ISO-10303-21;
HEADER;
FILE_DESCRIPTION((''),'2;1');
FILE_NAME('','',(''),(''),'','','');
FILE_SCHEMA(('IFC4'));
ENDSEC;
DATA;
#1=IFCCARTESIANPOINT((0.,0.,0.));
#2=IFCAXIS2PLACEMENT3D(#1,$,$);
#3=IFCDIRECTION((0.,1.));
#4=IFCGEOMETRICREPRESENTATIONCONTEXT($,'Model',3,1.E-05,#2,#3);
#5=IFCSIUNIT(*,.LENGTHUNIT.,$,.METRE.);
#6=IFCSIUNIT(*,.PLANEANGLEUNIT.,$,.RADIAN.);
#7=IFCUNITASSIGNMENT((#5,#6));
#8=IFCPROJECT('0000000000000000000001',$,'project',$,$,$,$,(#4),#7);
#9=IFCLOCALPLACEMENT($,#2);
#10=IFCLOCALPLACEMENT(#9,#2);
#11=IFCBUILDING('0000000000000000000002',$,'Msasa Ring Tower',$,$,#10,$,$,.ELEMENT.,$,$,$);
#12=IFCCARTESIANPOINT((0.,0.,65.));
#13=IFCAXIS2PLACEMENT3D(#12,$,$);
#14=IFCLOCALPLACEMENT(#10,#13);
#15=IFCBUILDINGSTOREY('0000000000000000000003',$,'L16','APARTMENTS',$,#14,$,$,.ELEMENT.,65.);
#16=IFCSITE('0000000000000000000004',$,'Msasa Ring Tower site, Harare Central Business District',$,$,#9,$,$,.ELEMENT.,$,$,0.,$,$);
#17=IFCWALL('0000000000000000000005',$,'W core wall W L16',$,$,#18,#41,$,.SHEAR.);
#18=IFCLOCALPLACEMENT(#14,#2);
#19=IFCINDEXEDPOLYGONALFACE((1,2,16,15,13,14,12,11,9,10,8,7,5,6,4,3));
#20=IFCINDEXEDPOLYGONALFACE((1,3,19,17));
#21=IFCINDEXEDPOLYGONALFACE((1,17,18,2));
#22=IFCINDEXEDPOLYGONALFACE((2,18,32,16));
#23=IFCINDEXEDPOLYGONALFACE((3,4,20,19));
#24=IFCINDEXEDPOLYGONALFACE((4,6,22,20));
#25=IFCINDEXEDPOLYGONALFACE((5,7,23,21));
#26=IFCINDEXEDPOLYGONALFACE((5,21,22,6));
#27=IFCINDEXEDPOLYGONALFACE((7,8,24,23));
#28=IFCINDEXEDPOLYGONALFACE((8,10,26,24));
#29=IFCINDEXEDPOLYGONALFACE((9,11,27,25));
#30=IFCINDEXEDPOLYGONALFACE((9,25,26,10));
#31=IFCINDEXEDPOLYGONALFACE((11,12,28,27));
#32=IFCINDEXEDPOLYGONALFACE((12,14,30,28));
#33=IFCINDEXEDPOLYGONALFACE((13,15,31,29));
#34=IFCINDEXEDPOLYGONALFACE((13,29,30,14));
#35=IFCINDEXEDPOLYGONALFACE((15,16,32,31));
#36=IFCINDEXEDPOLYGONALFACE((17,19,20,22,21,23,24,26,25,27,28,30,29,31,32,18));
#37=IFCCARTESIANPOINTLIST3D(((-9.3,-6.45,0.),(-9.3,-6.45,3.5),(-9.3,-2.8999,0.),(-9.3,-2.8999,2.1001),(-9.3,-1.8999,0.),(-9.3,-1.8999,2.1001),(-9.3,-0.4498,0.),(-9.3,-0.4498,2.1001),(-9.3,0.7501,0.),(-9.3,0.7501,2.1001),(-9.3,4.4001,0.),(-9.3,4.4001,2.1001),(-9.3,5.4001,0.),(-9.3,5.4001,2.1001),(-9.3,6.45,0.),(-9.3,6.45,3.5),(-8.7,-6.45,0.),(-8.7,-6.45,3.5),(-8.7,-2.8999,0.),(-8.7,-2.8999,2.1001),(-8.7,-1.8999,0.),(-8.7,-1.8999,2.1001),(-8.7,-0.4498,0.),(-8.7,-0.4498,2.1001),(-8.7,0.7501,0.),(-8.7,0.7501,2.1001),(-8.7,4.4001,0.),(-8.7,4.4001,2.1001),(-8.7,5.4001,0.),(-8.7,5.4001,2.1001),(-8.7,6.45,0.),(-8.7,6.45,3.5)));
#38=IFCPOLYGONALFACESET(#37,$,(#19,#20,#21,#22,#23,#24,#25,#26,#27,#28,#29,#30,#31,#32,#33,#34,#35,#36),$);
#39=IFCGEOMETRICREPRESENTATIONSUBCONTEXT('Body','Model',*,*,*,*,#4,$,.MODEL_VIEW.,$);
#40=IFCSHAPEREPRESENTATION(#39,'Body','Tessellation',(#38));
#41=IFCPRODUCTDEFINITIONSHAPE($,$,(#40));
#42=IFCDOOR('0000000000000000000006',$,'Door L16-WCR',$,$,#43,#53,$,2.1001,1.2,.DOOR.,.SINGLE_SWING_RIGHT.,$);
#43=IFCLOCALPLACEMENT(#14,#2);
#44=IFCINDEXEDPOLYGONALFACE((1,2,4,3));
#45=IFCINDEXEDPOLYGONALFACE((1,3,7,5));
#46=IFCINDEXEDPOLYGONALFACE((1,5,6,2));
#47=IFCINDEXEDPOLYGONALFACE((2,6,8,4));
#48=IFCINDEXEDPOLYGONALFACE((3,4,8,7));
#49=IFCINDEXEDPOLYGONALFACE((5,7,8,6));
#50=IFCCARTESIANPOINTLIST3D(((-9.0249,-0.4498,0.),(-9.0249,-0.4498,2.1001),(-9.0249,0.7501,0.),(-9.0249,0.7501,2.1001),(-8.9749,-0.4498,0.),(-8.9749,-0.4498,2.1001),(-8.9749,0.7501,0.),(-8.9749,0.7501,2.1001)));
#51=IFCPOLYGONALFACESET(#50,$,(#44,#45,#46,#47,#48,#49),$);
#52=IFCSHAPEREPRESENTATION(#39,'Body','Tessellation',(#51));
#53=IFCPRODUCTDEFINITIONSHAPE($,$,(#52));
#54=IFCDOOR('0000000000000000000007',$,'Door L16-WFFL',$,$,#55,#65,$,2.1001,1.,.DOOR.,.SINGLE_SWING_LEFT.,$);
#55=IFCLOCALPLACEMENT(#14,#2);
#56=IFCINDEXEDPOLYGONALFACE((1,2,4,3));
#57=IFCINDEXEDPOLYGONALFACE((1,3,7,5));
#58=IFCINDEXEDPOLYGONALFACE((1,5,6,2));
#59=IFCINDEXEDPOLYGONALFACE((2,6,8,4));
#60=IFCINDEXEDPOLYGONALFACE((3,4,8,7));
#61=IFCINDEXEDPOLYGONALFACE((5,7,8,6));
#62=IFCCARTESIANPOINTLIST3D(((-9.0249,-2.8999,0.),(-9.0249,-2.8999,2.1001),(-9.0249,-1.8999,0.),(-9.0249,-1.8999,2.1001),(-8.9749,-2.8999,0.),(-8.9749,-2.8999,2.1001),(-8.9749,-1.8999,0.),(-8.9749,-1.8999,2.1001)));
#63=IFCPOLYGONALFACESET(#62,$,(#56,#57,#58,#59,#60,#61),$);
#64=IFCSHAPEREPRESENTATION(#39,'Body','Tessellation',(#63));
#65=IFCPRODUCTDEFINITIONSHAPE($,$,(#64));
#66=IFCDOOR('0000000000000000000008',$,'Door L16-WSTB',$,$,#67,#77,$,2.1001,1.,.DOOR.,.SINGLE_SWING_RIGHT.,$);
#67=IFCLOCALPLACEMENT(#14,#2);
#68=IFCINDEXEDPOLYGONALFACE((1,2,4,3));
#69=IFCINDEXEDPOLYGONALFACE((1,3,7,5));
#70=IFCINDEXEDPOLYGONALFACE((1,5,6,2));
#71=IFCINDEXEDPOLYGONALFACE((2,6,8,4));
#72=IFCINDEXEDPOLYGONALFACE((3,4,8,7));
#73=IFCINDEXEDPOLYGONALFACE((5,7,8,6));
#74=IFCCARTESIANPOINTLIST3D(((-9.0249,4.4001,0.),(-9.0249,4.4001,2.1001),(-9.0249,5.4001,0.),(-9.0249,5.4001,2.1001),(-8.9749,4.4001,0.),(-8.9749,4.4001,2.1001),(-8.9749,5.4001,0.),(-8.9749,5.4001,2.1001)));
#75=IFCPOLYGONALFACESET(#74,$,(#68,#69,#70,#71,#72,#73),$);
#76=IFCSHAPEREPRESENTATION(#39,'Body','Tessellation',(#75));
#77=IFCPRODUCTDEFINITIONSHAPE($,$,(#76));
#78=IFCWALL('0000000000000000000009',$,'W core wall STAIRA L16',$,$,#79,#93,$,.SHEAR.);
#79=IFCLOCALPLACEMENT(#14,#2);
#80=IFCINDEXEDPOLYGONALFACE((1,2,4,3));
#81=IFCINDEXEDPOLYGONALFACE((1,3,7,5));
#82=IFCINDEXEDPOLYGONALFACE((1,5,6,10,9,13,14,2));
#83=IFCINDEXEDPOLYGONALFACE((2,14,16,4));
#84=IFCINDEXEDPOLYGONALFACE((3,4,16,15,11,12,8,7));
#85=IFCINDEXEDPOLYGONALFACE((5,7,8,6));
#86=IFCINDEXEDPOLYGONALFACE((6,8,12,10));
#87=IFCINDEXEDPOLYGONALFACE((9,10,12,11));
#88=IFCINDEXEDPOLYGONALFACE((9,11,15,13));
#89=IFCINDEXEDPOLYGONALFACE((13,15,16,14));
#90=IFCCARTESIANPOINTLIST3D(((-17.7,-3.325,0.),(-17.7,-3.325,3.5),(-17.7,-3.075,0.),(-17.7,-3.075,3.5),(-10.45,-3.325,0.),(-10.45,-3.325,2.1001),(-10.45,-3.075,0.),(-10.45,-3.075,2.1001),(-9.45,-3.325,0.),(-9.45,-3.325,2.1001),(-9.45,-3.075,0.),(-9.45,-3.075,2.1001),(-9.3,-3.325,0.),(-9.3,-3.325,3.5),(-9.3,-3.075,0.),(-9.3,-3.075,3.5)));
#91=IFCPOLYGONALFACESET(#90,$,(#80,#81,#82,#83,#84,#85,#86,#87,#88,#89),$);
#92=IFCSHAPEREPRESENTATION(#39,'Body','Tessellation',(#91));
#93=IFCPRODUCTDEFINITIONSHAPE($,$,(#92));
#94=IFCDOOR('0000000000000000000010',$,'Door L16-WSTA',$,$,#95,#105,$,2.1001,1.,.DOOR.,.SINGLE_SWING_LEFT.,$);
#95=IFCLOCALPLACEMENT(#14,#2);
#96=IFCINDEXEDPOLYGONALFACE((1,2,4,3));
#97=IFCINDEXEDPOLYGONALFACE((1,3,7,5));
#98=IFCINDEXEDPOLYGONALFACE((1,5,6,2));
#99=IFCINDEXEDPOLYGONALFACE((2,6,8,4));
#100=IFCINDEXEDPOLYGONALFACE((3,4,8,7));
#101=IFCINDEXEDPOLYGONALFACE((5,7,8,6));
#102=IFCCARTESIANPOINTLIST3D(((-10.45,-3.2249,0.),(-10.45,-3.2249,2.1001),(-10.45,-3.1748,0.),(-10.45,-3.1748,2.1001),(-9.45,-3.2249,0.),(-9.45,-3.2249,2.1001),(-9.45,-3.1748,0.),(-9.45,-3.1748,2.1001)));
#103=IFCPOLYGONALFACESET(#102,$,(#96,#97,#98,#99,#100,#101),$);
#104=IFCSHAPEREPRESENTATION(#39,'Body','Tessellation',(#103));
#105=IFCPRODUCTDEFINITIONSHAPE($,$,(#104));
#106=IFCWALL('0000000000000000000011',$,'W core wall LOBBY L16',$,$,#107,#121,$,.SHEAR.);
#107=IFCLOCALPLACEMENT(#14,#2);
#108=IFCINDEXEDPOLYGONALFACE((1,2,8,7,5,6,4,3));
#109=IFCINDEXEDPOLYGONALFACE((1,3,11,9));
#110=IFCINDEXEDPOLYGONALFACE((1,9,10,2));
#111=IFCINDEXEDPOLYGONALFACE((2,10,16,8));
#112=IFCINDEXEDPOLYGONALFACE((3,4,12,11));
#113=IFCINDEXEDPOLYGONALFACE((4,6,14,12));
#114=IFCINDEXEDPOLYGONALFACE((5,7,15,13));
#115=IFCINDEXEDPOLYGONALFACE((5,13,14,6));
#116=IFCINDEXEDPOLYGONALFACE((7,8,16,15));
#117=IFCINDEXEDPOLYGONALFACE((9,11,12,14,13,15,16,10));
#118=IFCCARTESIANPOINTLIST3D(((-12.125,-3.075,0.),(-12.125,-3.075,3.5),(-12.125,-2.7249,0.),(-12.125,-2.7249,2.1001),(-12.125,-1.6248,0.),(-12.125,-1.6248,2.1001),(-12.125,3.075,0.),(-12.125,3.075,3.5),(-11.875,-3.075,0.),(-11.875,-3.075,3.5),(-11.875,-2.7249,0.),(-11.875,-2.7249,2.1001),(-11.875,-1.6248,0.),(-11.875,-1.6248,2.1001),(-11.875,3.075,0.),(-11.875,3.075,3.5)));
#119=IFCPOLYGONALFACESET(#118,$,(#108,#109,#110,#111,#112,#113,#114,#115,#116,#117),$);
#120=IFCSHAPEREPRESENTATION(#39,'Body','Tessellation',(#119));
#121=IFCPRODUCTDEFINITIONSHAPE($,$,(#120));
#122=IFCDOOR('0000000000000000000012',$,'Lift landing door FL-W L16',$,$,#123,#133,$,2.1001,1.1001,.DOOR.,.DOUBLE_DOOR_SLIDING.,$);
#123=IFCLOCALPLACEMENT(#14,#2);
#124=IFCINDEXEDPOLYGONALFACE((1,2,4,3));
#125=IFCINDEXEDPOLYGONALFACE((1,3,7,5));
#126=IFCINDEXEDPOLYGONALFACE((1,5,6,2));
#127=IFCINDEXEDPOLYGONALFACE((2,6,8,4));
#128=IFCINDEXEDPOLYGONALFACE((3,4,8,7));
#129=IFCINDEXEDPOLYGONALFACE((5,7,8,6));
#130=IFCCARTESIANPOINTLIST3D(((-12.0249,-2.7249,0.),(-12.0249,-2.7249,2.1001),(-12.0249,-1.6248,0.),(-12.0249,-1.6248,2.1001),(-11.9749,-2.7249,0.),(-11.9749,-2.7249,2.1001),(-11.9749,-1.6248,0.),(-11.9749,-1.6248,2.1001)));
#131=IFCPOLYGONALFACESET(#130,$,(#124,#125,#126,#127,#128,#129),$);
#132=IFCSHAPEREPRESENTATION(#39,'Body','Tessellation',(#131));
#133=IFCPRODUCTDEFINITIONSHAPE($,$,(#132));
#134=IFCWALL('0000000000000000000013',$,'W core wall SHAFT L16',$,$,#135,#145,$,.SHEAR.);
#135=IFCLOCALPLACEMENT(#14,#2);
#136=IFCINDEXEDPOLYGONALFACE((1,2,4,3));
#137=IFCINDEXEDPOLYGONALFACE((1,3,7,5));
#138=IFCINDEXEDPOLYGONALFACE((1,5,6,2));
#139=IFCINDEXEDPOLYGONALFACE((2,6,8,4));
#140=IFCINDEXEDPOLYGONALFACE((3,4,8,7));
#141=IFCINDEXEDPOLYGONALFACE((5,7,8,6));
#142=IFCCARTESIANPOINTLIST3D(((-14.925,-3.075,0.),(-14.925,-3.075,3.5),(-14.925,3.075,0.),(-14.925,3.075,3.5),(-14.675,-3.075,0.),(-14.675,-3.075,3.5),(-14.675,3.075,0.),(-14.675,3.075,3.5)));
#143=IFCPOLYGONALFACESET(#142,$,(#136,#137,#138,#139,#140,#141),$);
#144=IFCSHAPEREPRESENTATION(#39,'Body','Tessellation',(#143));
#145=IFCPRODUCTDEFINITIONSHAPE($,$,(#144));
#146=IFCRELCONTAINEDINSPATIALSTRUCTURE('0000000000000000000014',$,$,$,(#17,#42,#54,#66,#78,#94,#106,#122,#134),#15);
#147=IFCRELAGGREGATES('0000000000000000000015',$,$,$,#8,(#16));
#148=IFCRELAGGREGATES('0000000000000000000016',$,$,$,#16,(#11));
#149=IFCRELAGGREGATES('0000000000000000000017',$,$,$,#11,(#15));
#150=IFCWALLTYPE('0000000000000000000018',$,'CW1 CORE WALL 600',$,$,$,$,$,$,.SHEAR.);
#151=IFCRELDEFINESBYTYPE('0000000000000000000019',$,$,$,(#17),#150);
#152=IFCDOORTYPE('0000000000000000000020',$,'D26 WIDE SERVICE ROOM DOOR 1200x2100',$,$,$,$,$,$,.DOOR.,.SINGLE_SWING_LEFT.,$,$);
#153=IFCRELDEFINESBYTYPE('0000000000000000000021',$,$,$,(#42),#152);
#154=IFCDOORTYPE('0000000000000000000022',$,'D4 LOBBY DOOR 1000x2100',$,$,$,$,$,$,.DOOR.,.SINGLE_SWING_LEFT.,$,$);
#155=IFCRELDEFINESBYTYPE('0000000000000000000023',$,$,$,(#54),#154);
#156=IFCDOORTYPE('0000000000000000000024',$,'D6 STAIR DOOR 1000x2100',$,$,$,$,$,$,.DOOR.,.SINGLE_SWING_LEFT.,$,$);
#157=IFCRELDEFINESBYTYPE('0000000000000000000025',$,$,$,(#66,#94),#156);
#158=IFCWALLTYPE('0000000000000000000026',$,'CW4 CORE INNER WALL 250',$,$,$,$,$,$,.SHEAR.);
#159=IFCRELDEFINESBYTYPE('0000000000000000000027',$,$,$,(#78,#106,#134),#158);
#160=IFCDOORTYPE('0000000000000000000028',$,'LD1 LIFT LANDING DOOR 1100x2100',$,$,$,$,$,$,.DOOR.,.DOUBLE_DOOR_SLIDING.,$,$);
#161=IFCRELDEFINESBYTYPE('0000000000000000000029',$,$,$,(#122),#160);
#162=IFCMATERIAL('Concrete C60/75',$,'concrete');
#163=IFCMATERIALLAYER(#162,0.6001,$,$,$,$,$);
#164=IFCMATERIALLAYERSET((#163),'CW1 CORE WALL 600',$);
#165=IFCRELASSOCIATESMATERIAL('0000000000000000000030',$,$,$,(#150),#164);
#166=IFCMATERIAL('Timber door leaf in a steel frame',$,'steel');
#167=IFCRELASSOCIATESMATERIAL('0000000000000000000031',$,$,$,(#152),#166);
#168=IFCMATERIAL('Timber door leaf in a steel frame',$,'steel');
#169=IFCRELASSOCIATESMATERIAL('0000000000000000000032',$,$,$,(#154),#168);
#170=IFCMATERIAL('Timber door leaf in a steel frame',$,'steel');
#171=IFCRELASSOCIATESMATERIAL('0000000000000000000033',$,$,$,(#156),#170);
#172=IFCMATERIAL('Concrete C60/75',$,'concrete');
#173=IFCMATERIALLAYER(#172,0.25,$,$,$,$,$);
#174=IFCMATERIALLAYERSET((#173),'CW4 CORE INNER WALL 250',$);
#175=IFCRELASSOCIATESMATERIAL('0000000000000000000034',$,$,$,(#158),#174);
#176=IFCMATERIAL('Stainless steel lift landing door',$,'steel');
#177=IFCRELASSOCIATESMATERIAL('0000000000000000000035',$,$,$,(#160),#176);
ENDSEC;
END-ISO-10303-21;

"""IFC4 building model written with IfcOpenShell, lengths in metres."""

from ifc_helpers import new_model, si_unit, direction, frame, frame_2d, origin, place, context, subcontext, project, spatial, rectangle, extrude, material, layer, layer_set, type_object, element, fill, save


model = new_model("IFC4")

# Units and contexts
model_context = context("Model", 3, precision=1e-05, world=origin(), true_north=direction((0.0, 1.0)))
body_context = subcontext(model_context, "Body", "Model", "MODEL_VIEW")
ifc_project = project(units=[si_unit("LENGTHUNIT", "METRE"), si_unit("PLANEANGLEUNIT", "RADIAN")], contexts=[model_context])

# Site, building, storey
site_placement = place(None, origin())
site = spatial("IfcSite", under=ifc_project, at=site_placement, Name="Msasa Ring Tower site, Harare Central Business District", CompositionType="ELEMENT", RefElevation=0.0)
building_placement = place(site_placement, origin())
building = spatial("IfcBuilding", under=site, at=building_placement, Name="Msasa Ring Tower", CompositionType="ELEMENT")
storey_placement = place(building_placement, frame((0.0, 0.0, 65.0)))
storey = spatial("IfcBuildingStorey", under=building, at=storey_placement, Name="L16", Description="APARTMENTS", CompositionType="ELEMENT", Elevation=65.0)

# Shared definitions
ifc_material_1 = material(Name="Concrete C60/75", Category="concrete")
ifc_layer_1 = layer(ifc_material_1, 0.6001)
ifc_layer_set_1 = layer_set([ifc_layer_1], Name="CW1 CORE WALL 600")
wall_type_1 = type_object("IfcWallType", Name="CW1 CORE WALL 600", PredefinedType="SHEAR", material=ifc_layer_set_1)

# Wall, openings, doors
wall_1_placement = place(storey_placement, frame((-9.0, -6.45, 0.0), z_axis=(0.0, 0.0, 1.0), x_axis=(0.0, 1.0, 0.0)))
wall_1 = element("IfcWall", 1, at=wall_1_placement, inside=storey, type_object=wall_type_1, Name="W core wall W L16", PredefinedType="SHEAR", context=body_context, shape_type="SweptSolid", body=[
    extrude(rectangle(XDim=12.8999, YDim=0.6001, at=frame_2d((6.45, 0.0))), origin(), (0.0, 0.0, 1.0), 3.5),
])
opening_1_placement = place(wall_1_placement, frame((3.55, 0.0, 0.0)))
opening_1 = element("IfcOpeningElement", 2, at=opening_1_placement, cuts=wall_1, PredefinedType="OPENING", context=body_context, shape_type="SweptSolid", body=[
    extrude(rectangle(XDim=1.0, YDim=2.1001, at=frame_2d((0.5, 1.05))), frame((0.0, 0.3101, 0.0), z_axis=(0.0, -1.0, 0.0), x_axis=(1.0, 0.0, 0.0)), (0.0, 0.0, 1.0), 0.6201),
])
opening_2_placement = place(wall_1_placement, frame((6.0, 0.0, 0.0)))
opening_2 = element("IfcOpeningElement", 3, at=opening_2_placement, cuts=wall_1, PredefinedType="OPENING", context=body_context, shape_type="SweptSolid", body=[
    extrude(rectangle(XDim=1.2, YDim=2.1001, at=frame_2d((0.6001, 1.05))), frame((0.0, 0.3101, 0.0), z_axis=(0.0, -1.0, 0.0), x_axis=(1.0, 0.0, 0.0)), (0.0, 0.0, 1.0), 0.6201),
])
opening_3_placement = place(wall_1_placement, frame((10.8501, 0.0, 0.0)))
opening_3 = element("IfcOpeningElement", 4, at=opening_3_placement, cuts=wall_1, PredefinedType="OPENING", context=body_context, shape_type="SweptSolid", body=[
    extrude(rectangle(XDim=1.0, YDim=2.1001, at=frame_2d((0.5, 1.05))), frame((0.0, 0.3101, 0.0), z_axis=(0.0, -1.0, 0.0), x_axis=(1.0, 0.0, 0.0)), (0.0, 0.0, 1.0), 0.6201),
])
ifc_material_2 = material(Name="Timber door leaf in a steel frame", Category="steel")
door_type_1 = type_object("IfcDoorType", Name="D26 WIDE SERVICE ROOM DOOR 1200x2100", OperationType="SINGLE_SWING_LEFT", PredefinedType="DOOR", material=ifc_material_2)
door_1_placement = place(opening_2_placement, origin())
door_1 = element("IfcDoor", 5, at=door_1_placement, inside=storey, type_object=door_type_1, Name="Door L16-WCR", OperationType="SINGLE_SWING_RIGHT", OverallHeight=2.1001, OverallWidth=1.2, PredefinedType="DOOR", context=body_context, shape_type="SweptSolid", body=[
    extrude(rectangle(XDim=1.2, YDim=2.1001, at=frame_2d((0.6001, 1.05))), frame((0.0, 0.0249, 0.0), z_axis=(0.0, -1.0, 0.0), x_axis=(1.0, 0.0, 0.0)), (0.0, 0.0, 1.0), 0.05),
])
fill(opening_2, door_1)
ifc_material_3 = material(Name="Timber door leaf in a steel frame", Category="steel")
door_type_2 = type_object("IfcDoorType", Name="D4 LOBBY DOOR 1000x2100", OperationType="SINGLE_SWING_LEFT", PredefinedType="DOOR", material=ifc_material_3)
door_2_placement = place(opening_1_placement, origin())
door_2 = element("IfcDoor", 6, at=door_2_placement, inside=storey, type_object=door_type_2, Name="Door L16-WFFL", OperationType="SINGLE_SWING_LEFT", OverallHeight=2.1001, OverallWidth=1.0, PredefinedType="DOOR", context=body_context, shape_type="SweptSolid", body=[
    extrude(rectangle(XDim=1.0, YDim=2.1001, at=frame_2d((0.5, 1.05))), frame((0.0, 0.0249, 0.0), z_axis=(0.0, -1.0, 0.0), x_axis=(1.0, 0.0, 0.0)), (0.0, 0.0, 1.0), 0.05),
])
fill(opening_1, door_2)
ifc_material_4 = material(Name="Timber door leaf in a steel frame", Category="steel")
door_type_3 = type_object("IfcDoorType", Name="D6 STAIR DOOR 1000x2100", OperationType="SINGLE_SWING_LEFT", PredefinedType="DOOR", material=ifc_material_4)
door_3_placement = place(opening_3_placement, origin())
door_3 = element("IfcDoor", 7, at=door_3_placement, inside=storey, type_object=door_type_3, Name="Door L16-WSTB", OperationType="SINGLE_SWING_RIGHT", OverallHeight=2.1001, OverallWidth=1.0, PredefinedType="DOOR", context=body_context, shape_type="SweptSolid", body=[
    extrude(rectangle(XDim=1.0, YDim=2.1001, at=frame_2d((0.5, 1.05))), frame((0.0, 0.0249, 0.0), z_axis=(0.0, -1.0, 0.0), x_axis=(1.0, 0.0, 0.0)), (0.0, 0.0, 1.0), 0.05),
])
fill(opening_3, door_3)

# Walls, openings, doors
ifc_material_5 = material(Name="Concrete C60/75", Category="concrete")
ifc_layer_2 = layer(ifc_material_5, 0.25)
ifc_layer_set_2 = layer_set([ifc_layer_2], Name="CW4 CORE INNER WALL 250")
wall_type_2 = type_object("IfcWallType", Name="CW4 CORE INNER WALL 250", PredefinedType="SHEAR", material=ifc_layer_set_2)
wall_2_placement = place(storey_placement, frame((-9.3, -3.2, 0.0), z_axis=(0.0, 0.0, 1.0), x_axis=(-1.0, 0.0, 0.0)))
wall_2 = element("IfcWall", 8, at=wall_2_placement, inside=storey, type_object=wall_type_2, Name="W core wall STAIRA L16", PredefinedType="SHEAR", context=body_context, shape_type="SweptSolid", body=[
    extrude(rectangle(XDim=8.3999, YDim=0.25, at=frame_2d((4.2, 0.0))), origin(), (0.0, 0.0, 1.0), 3.5),
])
opening_4_placement = place(wall_2_placement, frame((0.1499, 0.0, 0.0)))
opening_4 = element("IfcOpeningElement", 9, at=opening_4_placement, cuts=wall_2, PredefinedType="OPENING", context=body_context, shape_type="SweptSolid", body=[
    extrude(rectangle(XDim=1.0, YDim=2.1001, at=frame_2d((0.5, 1.05))), frame((0.0, 0.135, 0.0), z_axis=(0.0, -1.0, 0.0), x_axis=(1.0, 0.0, 0.0)), (0.0, 0.0, 1.0), 0.27),
])
door_4_placement = place(opening_4_placement, origin())
door_4 = element("IfcDoor", 10, at=door_4_placement, inside=storey, type_object=door_type_3, Name="Door L16-WSTA", OperationType="SINGLE_SWING_LEFT", OverallHeight=2.1001, OverallWidth=1.0, PredefinedType="DOOR", context=body_context, shape_type="SweptSolid", body=[
    extrude(rectangle(XDim=1.0, YDim=2.1001, at=frame_2d((0.5, 1.05))), frame((0.0, 0.0249, 0.0), z_axis=(0.0, -1.0, 0.0), x_axis=(1.0, 0.0, 0.0)), (0.0, 0.0, 1.0), 0.05),
])
fill(opening_4, door_4)
wall_3_placement = place(storey_placement, frame((-12.0, -3.075, 0.0), z_axis=(0.0, 0.0, 1.0), x_axis=(0.0, 1.0, 0.0)))
wall_3 = element("IfcWall", 11, at=wall_3_placement, inside=storey, type_object=wall_type_2, Name="W core wall LOBBY L16", PredefinedType="SHEAR", context=body_context, shape_type="SweptSolid", body=[
    extrude(rectangle(XDim=6.1499, YDim=0.25, at=frame_2d((3.075, 0.0))), origin(), (0.0, 0.0, 1.0), 3.5),
])
opening_5_placement = place(wall_3_placement, frame((0.3501, 0.0, 0.0)))
opening_5 = element("IfcOpeningElement", 12, at=opening_5_placement, cuts=wall_3, PredefinedType="OPENING", context=body_context, shape_type="SweptSolid", body=[
    extrude(rectangle(XDim=1.1001, YDim=2.1001, at=frame_2d((0.55, 1.05))), frame((0.0, 0.135, 0.0), z_axis=(0.0, -1.0, 0.0), x_axis=(1.0, 0.0, 0.0)), (0.0, 0.0, 1.0), 0.27),
])
ifc_material_6 = material(Name="Stainless steel lift landing door", Category="steel")
door_type_4 = type_object("IfcDoorType", Name="LD1 LIFT LANDING DOOR 1100x2100", OperationType="DOUBLE_DOOR_SLIDING", PredefinedType="DOOR", material=ifc_material_6)
door_5_placement = place(opening_5_placement, origin())
door_5 = element("IfcDoor", 13, at=door_5_placement, inside=storey, type_object=door_type_4, Name="Lift landing door FL-W L16", OperationType="DOUBLE_DOOR_SLIDING", OverallHeight=2.1001, OverallWidth=1.1001, PredefinedType="DOOR", context=body_context, shape_type="SweptSolid", body=[
    extrude(rectangle(XDim=1.1001, YDim=2.1001, at=frame_2d((0.55, 1.05))), frame((0.0, 0.0249, 0.0), z_axis=(0.0, -1.0, 0.0), x_axis=(1.0, 0.0, 0.0)), (0.0, 0.0, 1.0), 0.05),
])
fill(opening_5, door_5)

# Wall
wall_4_placement = place(storey_placement, frame((-14.8, -3.075, 0.0), z_axis=(0.0, 0.0, 1.0), x_axis=(0.0, 1.0, 0.0)))
element("IfcWall", 14, at=wall_4_placement, inside=storey, type_object=wall_type_2, Name="W core wall SHAFT L16", PredefinedType="SHEAR", context=body_context, shape_type="SweptSolid", body=[
    extrude(rectangle(XDim=6.1499, YDim=0.25, at=frame_2d((3.075, 0.0))), origin(), (0.0, 0.0, 1.0), 3.5),
])

save(model, "model.ifc")
